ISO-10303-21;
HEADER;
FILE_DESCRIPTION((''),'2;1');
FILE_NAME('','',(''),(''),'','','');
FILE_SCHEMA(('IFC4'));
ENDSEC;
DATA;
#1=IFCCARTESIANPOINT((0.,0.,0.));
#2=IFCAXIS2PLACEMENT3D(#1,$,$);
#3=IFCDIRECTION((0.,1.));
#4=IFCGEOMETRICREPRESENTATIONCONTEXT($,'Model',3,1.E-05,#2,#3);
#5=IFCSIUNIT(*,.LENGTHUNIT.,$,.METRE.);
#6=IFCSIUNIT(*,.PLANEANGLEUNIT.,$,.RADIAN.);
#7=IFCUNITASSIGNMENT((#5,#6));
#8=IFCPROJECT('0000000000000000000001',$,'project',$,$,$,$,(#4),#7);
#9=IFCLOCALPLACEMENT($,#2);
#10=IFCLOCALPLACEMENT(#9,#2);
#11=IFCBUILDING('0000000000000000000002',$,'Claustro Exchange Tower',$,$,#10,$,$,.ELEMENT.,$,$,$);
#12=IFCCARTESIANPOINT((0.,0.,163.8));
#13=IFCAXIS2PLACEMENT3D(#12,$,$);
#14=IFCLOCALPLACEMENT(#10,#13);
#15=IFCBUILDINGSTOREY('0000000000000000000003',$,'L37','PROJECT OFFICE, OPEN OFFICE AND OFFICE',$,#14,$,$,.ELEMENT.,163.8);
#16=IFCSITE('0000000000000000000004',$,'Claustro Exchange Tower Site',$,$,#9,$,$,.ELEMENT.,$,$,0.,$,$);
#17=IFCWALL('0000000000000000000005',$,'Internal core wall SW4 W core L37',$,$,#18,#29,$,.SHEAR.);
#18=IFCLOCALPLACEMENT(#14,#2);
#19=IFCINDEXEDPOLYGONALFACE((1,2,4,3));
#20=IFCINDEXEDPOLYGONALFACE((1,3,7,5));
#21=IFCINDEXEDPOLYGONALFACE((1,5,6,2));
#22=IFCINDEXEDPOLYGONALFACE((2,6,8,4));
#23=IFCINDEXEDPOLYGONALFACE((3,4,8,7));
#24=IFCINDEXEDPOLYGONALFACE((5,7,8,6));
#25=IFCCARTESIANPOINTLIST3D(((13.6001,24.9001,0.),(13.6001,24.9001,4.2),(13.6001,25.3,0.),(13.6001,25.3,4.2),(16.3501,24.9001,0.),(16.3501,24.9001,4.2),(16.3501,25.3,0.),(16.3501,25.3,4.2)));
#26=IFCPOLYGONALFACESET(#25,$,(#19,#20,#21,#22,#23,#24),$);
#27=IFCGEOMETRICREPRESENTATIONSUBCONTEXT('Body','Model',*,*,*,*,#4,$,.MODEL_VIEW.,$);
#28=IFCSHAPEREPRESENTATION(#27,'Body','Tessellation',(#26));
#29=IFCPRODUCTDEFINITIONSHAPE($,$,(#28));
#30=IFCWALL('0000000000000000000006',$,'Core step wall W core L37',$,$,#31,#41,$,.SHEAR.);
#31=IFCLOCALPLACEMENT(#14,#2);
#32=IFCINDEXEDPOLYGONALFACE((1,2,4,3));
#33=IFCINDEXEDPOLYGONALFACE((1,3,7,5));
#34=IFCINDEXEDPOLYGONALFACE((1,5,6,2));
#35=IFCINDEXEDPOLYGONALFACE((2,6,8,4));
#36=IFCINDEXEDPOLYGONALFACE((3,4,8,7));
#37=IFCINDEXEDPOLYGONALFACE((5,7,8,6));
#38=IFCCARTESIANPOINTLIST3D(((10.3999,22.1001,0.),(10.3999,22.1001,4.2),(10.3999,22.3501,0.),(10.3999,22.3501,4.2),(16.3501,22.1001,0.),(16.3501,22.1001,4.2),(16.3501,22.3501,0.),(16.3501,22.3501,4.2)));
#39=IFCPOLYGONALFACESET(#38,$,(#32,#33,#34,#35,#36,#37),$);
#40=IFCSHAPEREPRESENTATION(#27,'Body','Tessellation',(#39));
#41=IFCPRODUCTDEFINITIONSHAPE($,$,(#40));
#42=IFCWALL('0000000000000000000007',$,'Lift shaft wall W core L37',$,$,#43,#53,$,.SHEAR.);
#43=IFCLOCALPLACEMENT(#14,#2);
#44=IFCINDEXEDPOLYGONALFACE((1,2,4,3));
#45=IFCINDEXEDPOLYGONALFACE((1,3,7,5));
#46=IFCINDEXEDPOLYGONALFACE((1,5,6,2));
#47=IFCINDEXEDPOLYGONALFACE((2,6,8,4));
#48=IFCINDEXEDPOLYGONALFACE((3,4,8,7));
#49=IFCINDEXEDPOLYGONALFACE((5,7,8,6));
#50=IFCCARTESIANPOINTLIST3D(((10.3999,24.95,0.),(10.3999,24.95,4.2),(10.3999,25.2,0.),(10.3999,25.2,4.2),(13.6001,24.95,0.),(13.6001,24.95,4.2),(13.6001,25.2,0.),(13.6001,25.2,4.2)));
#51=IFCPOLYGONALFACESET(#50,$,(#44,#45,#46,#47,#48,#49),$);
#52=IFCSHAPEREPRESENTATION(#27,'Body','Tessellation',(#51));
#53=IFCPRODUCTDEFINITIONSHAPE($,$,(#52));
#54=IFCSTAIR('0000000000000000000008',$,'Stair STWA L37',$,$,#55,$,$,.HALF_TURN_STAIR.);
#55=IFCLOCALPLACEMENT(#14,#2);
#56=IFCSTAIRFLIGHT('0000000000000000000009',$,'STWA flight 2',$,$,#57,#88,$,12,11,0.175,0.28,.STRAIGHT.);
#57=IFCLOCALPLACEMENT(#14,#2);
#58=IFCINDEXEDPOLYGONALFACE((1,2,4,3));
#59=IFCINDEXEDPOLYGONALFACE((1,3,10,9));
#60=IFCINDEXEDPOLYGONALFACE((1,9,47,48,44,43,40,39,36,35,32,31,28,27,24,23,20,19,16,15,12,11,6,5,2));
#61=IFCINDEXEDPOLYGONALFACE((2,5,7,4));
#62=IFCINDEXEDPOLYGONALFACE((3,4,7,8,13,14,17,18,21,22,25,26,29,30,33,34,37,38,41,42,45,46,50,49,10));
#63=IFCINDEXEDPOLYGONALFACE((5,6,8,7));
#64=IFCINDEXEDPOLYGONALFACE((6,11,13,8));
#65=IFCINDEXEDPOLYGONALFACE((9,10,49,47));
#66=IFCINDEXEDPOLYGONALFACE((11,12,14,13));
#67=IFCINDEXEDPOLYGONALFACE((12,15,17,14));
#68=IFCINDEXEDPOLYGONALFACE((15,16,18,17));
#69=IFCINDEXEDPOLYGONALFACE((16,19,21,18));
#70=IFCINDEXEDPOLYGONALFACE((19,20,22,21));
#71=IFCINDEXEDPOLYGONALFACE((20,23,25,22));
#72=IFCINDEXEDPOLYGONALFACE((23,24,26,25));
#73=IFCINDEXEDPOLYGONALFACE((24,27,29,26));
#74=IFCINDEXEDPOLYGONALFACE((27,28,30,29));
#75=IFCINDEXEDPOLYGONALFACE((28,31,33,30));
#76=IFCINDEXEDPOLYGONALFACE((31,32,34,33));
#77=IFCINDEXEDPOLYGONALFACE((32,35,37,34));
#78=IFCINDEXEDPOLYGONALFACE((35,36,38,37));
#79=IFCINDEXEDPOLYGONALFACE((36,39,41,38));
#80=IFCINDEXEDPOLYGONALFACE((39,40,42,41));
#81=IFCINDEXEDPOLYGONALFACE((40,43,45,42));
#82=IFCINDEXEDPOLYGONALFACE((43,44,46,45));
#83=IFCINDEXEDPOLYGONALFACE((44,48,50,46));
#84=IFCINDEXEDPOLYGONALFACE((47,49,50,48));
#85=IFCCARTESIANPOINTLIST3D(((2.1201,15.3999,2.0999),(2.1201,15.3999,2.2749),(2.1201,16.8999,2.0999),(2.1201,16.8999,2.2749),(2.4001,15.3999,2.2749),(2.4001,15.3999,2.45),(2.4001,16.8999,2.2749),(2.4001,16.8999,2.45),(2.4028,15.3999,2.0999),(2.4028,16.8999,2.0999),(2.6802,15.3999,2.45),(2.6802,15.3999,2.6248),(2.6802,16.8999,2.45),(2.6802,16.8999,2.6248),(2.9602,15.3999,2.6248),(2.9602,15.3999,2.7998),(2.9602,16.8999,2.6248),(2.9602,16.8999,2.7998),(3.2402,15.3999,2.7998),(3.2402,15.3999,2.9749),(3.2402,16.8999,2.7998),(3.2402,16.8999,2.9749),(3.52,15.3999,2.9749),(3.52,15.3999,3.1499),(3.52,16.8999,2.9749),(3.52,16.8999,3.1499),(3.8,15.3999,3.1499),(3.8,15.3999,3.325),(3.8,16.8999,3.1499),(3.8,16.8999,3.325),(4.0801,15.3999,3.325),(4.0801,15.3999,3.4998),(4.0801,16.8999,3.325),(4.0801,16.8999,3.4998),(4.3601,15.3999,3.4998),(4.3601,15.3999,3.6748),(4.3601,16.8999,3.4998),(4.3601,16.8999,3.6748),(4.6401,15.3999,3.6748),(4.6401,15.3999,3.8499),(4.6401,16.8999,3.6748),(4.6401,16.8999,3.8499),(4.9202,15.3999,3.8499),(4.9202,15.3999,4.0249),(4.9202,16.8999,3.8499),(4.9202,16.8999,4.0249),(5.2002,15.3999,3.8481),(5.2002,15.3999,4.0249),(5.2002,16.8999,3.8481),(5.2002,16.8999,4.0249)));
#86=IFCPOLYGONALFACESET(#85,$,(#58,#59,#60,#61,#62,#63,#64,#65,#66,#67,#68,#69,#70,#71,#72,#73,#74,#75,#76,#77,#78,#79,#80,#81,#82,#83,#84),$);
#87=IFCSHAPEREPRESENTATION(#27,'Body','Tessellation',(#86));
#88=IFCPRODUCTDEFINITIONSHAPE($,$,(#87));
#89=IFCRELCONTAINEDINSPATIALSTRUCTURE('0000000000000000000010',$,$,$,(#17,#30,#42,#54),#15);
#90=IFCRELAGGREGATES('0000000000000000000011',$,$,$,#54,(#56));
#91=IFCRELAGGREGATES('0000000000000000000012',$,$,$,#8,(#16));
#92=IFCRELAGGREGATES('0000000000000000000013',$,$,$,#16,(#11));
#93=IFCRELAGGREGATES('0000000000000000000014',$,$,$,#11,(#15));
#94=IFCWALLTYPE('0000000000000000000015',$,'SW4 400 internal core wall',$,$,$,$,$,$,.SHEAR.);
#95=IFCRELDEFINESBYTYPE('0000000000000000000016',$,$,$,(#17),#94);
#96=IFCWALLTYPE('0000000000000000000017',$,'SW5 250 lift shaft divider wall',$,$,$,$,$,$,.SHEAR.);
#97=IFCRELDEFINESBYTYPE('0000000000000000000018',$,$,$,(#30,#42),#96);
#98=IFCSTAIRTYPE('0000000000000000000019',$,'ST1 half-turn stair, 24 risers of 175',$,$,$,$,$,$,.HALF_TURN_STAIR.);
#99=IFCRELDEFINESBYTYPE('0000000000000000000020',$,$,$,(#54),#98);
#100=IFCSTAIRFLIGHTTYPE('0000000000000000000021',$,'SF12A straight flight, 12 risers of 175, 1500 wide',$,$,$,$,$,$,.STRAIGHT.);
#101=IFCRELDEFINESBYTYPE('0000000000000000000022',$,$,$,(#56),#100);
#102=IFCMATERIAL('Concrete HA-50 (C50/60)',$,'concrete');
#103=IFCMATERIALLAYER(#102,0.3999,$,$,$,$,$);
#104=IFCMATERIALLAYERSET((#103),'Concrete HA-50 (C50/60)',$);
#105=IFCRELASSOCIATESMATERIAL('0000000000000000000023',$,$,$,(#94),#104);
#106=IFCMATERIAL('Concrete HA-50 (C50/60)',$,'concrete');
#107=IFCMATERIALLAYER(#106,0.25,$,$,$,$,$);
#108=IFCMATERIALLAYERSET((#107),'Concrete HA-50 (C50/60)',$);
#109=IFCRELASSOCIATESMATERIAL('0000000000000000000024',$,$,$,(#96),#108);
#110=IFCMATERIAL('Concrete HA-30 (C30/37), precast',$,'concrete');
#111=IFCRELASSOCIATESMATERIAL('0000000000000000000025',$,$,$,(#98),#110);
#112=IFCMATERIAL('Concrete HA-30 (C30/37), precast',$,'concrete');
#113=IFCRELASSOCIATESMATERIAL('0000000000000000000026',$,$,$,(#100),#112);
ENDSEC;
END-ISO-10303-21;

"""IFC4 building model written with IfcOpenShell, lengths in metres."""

from ifc_helpers import new_model, si_unit, direction, frame, frame_2d, origin, place, context, subcontext, project, spatial, polyline, rectangle, outline, extrude, material, layer, layer_set, type_object, element, aggregate, save


model = new_model("IFC4")

# Units and contexts
model_context = context("Model", 3, precision=1e-05, world=origin(), true_north=direction((0.0, 1.0)))
body_context = subcontext(model_context, "Body", "Model", "MODEL_VIEW")
ifc_project = project(units=[si_unit("LENGTHUNIT", "METRE"), si_unit("PLANEANGLEUNIT", "RADIAN")], contexts=[model_context])

# Site, building, storey
site_placement = place(None, origin())
site = spatial("IfcSite", under=ifc_project, at=site_placement, Name="Claustro Exchange Tower Site", CompositionType="ELEMENT", RefElevation=0.0)
building_placement = place(site_placement, origin())
building = spatial("IfcBuilding", under=site, at=building_placement, Name="Claustro Exchange Tower", CompositionType="ELEMENT")
storey_placement = place(building_placement, frame((0.0, 0.0, 163.8)))
storey = spatial("IfcBuildingStorey", under=building, at=storey_placement, Name="L37", Description="PROJECT OFFICE, OPEN OFFICE AND OFFICE", CompositionType="ELEMENT", Elevation=163.8)

# Walls
ifc_material_1 = material(Name="Concrete HA-50 (C50/60)", Category="concrete")
ifc_layer_1 = layer(ifc_material_1, 0.3999)
ifc_layer_set_1 = layer_set([ifc_layer_1], Name="Concrete HA-50 (C50/60)")
wall_type_1 = type_object("IfcWallType", Name="SW4 400 internal core wall", PredefinedType="SHEAR", material=ifc_layer_set_1)
wall_1_placement = place(storey_placement, frame((13.6001, 25.1001, 0.0), z_axis=(0.0, 0.0, 1.0), x_axis=(1.0, 0.0, 0.0)))
element("IfcWall", 1, at=wall_1_placement, inside=storey, type_object=wall_type_1, Name="Internal core wall SW4 W core L37", PredefinedType="SHEAR", context=body_context, shape_type="SweptSolid", body=[
    extrude(rectangle(XDim=2.75, YDim=0.3999, at=frame_2d((1.375, 0.0))), origin(), (0.0, 0.0, 1.0), 4.2),
])
ifc_material_2 = material(Name="Concrete HA-50 (C50/60)", Category="concrete")
ifc_layer_2 = layer(ifc_material_2, 0.25)
ifc_layer_set_2 = layer_set([ifc_layer_2], Name="Concrete HA-50 (C50/60)")
wall_type_2 = type_object("IfcWallType", Name="SW5 250 lift shaft divider wall", PredefinedType="SHEAR", material=ifc_layer_set_2)
wall_2_placement = place(storey_placement, frame((10.3999, 22.2251, 0.0), z_axis=(0.0, 0.0, 1.0), x_axis=(1.0, 0.0, 0.0)))
element("IfcWall", 2, at=wall_2_placement, inside=storey, type_object=wall_type_2, Name="Core step wall W core L37", PredefinedType="SHEAR", context=body_context, shape_type="SweptSolid", body=[
    extrude(rectangle(XDim=5.9502, YDim=0.25, at=frame_2d((2.9751, 0.0))), origin(), (0.0, 0.0, 1.0), 4.2),
])
wall_3_placement = place(storey_placement, frame((10.3999, 25.075, 0.0), z_axis=(0.0, 0.0, 1.0), x_axis=(1.0, 0.0, 0.0)))
element("IfcWall", 3, at=wall_3_placement, inside=storey, type_object=wall_type_2, Name="Lift shaft wall W core L37", PredefinedType="SHEAR", context=body_context, shape_type="SweptSolid", body=[
    extrude(rectangle(XDim=3.2002, YDim=0.25, at=frame_2d((1.6001, 0.0))), origin(), (0.0, 0.0, 1.0), 4.2),
])

# Stair, stair flight
ifc_material_3 = material(Name="Concrete HA-30 (C30/37), precast", Category="concrete")
stair_type = type_object("IfcStairType", Name="ST1 half-turn stair, 24 risers of 175", PredefinedType="HALF_TURN_STAIR", material=ifc_material_3)
stair_placement = place(storey_placement, origin())
stair = element("IfcStair", 4, at=stair_placement, inside=storey, type_object=stair_type, Name="Stair STWA L37", PredefinedType="HALF_TURN_STAIR")
ifc_material_4 = material(Name="Concrete HA-30 (C30/37), precast", Category="concrete")
stair_flight_type = type_object("IfcStairFlightType", Name="SF12A straight flight, 12 risers of 175, 1500 wide", PredefinedType="STRAIGHT", material=ifc_material_4)
stair_flight_placement = place(storey_placement, frame((2.1201, 16.1499, 2.0999), z_axis=(0.0, 0.0, 1.0), x_axis=(1.0, 0.0, 0.0)))
stair_flight = element("IfcStairFlight", 5, at=stair_flight_placement, type_object=stair_flight_type, Name="STWA flight 2", NumberOfRisers=12, NumberOfTreads=11, PredefinedType="STRAIGHT", RiserHeight=0.175, TreadLength=0.28, context=body_context, shape_type="SweptSolid", body=[
    extrude(outline(polyline([(0.0, 0.0), (0.0, 0.175), (0.28, 0.175), (0.28, 0.3501), (0.5601, 0.3501), (0.5601, 0.5249), (0.8401, 0.5249), (0.8401, 0.7), (1.1201, 0.7), (1.1201, 0.875), (1.3999, 0.875), (1.3999, 1.05), (1.6799, 1.05), (1.6799, 1.2251), (1.96, 1.2251), (1.96, 1.3999), (2.24, 1.3999), (2.24, 1.575), (2.52, 1.575), (2.52, 1.75), (2.8, 1.75), (2.8, 1.925), (3.0801, 1.925), (3.0801, 2.1001), (3.0801, 1.7483), (0.2827, 0.0), (0.0, 0.0)])), frame((0.0, 0.75, 0.0), z_axis=(0.0, -1.0, 0.0), x_axis=(1.0, 0.0, 0.0)), (0.0, 0.0, 1.0), 1.5),
])
aggregate(stair, [stair_flight])

save(model, "model.ifc")
